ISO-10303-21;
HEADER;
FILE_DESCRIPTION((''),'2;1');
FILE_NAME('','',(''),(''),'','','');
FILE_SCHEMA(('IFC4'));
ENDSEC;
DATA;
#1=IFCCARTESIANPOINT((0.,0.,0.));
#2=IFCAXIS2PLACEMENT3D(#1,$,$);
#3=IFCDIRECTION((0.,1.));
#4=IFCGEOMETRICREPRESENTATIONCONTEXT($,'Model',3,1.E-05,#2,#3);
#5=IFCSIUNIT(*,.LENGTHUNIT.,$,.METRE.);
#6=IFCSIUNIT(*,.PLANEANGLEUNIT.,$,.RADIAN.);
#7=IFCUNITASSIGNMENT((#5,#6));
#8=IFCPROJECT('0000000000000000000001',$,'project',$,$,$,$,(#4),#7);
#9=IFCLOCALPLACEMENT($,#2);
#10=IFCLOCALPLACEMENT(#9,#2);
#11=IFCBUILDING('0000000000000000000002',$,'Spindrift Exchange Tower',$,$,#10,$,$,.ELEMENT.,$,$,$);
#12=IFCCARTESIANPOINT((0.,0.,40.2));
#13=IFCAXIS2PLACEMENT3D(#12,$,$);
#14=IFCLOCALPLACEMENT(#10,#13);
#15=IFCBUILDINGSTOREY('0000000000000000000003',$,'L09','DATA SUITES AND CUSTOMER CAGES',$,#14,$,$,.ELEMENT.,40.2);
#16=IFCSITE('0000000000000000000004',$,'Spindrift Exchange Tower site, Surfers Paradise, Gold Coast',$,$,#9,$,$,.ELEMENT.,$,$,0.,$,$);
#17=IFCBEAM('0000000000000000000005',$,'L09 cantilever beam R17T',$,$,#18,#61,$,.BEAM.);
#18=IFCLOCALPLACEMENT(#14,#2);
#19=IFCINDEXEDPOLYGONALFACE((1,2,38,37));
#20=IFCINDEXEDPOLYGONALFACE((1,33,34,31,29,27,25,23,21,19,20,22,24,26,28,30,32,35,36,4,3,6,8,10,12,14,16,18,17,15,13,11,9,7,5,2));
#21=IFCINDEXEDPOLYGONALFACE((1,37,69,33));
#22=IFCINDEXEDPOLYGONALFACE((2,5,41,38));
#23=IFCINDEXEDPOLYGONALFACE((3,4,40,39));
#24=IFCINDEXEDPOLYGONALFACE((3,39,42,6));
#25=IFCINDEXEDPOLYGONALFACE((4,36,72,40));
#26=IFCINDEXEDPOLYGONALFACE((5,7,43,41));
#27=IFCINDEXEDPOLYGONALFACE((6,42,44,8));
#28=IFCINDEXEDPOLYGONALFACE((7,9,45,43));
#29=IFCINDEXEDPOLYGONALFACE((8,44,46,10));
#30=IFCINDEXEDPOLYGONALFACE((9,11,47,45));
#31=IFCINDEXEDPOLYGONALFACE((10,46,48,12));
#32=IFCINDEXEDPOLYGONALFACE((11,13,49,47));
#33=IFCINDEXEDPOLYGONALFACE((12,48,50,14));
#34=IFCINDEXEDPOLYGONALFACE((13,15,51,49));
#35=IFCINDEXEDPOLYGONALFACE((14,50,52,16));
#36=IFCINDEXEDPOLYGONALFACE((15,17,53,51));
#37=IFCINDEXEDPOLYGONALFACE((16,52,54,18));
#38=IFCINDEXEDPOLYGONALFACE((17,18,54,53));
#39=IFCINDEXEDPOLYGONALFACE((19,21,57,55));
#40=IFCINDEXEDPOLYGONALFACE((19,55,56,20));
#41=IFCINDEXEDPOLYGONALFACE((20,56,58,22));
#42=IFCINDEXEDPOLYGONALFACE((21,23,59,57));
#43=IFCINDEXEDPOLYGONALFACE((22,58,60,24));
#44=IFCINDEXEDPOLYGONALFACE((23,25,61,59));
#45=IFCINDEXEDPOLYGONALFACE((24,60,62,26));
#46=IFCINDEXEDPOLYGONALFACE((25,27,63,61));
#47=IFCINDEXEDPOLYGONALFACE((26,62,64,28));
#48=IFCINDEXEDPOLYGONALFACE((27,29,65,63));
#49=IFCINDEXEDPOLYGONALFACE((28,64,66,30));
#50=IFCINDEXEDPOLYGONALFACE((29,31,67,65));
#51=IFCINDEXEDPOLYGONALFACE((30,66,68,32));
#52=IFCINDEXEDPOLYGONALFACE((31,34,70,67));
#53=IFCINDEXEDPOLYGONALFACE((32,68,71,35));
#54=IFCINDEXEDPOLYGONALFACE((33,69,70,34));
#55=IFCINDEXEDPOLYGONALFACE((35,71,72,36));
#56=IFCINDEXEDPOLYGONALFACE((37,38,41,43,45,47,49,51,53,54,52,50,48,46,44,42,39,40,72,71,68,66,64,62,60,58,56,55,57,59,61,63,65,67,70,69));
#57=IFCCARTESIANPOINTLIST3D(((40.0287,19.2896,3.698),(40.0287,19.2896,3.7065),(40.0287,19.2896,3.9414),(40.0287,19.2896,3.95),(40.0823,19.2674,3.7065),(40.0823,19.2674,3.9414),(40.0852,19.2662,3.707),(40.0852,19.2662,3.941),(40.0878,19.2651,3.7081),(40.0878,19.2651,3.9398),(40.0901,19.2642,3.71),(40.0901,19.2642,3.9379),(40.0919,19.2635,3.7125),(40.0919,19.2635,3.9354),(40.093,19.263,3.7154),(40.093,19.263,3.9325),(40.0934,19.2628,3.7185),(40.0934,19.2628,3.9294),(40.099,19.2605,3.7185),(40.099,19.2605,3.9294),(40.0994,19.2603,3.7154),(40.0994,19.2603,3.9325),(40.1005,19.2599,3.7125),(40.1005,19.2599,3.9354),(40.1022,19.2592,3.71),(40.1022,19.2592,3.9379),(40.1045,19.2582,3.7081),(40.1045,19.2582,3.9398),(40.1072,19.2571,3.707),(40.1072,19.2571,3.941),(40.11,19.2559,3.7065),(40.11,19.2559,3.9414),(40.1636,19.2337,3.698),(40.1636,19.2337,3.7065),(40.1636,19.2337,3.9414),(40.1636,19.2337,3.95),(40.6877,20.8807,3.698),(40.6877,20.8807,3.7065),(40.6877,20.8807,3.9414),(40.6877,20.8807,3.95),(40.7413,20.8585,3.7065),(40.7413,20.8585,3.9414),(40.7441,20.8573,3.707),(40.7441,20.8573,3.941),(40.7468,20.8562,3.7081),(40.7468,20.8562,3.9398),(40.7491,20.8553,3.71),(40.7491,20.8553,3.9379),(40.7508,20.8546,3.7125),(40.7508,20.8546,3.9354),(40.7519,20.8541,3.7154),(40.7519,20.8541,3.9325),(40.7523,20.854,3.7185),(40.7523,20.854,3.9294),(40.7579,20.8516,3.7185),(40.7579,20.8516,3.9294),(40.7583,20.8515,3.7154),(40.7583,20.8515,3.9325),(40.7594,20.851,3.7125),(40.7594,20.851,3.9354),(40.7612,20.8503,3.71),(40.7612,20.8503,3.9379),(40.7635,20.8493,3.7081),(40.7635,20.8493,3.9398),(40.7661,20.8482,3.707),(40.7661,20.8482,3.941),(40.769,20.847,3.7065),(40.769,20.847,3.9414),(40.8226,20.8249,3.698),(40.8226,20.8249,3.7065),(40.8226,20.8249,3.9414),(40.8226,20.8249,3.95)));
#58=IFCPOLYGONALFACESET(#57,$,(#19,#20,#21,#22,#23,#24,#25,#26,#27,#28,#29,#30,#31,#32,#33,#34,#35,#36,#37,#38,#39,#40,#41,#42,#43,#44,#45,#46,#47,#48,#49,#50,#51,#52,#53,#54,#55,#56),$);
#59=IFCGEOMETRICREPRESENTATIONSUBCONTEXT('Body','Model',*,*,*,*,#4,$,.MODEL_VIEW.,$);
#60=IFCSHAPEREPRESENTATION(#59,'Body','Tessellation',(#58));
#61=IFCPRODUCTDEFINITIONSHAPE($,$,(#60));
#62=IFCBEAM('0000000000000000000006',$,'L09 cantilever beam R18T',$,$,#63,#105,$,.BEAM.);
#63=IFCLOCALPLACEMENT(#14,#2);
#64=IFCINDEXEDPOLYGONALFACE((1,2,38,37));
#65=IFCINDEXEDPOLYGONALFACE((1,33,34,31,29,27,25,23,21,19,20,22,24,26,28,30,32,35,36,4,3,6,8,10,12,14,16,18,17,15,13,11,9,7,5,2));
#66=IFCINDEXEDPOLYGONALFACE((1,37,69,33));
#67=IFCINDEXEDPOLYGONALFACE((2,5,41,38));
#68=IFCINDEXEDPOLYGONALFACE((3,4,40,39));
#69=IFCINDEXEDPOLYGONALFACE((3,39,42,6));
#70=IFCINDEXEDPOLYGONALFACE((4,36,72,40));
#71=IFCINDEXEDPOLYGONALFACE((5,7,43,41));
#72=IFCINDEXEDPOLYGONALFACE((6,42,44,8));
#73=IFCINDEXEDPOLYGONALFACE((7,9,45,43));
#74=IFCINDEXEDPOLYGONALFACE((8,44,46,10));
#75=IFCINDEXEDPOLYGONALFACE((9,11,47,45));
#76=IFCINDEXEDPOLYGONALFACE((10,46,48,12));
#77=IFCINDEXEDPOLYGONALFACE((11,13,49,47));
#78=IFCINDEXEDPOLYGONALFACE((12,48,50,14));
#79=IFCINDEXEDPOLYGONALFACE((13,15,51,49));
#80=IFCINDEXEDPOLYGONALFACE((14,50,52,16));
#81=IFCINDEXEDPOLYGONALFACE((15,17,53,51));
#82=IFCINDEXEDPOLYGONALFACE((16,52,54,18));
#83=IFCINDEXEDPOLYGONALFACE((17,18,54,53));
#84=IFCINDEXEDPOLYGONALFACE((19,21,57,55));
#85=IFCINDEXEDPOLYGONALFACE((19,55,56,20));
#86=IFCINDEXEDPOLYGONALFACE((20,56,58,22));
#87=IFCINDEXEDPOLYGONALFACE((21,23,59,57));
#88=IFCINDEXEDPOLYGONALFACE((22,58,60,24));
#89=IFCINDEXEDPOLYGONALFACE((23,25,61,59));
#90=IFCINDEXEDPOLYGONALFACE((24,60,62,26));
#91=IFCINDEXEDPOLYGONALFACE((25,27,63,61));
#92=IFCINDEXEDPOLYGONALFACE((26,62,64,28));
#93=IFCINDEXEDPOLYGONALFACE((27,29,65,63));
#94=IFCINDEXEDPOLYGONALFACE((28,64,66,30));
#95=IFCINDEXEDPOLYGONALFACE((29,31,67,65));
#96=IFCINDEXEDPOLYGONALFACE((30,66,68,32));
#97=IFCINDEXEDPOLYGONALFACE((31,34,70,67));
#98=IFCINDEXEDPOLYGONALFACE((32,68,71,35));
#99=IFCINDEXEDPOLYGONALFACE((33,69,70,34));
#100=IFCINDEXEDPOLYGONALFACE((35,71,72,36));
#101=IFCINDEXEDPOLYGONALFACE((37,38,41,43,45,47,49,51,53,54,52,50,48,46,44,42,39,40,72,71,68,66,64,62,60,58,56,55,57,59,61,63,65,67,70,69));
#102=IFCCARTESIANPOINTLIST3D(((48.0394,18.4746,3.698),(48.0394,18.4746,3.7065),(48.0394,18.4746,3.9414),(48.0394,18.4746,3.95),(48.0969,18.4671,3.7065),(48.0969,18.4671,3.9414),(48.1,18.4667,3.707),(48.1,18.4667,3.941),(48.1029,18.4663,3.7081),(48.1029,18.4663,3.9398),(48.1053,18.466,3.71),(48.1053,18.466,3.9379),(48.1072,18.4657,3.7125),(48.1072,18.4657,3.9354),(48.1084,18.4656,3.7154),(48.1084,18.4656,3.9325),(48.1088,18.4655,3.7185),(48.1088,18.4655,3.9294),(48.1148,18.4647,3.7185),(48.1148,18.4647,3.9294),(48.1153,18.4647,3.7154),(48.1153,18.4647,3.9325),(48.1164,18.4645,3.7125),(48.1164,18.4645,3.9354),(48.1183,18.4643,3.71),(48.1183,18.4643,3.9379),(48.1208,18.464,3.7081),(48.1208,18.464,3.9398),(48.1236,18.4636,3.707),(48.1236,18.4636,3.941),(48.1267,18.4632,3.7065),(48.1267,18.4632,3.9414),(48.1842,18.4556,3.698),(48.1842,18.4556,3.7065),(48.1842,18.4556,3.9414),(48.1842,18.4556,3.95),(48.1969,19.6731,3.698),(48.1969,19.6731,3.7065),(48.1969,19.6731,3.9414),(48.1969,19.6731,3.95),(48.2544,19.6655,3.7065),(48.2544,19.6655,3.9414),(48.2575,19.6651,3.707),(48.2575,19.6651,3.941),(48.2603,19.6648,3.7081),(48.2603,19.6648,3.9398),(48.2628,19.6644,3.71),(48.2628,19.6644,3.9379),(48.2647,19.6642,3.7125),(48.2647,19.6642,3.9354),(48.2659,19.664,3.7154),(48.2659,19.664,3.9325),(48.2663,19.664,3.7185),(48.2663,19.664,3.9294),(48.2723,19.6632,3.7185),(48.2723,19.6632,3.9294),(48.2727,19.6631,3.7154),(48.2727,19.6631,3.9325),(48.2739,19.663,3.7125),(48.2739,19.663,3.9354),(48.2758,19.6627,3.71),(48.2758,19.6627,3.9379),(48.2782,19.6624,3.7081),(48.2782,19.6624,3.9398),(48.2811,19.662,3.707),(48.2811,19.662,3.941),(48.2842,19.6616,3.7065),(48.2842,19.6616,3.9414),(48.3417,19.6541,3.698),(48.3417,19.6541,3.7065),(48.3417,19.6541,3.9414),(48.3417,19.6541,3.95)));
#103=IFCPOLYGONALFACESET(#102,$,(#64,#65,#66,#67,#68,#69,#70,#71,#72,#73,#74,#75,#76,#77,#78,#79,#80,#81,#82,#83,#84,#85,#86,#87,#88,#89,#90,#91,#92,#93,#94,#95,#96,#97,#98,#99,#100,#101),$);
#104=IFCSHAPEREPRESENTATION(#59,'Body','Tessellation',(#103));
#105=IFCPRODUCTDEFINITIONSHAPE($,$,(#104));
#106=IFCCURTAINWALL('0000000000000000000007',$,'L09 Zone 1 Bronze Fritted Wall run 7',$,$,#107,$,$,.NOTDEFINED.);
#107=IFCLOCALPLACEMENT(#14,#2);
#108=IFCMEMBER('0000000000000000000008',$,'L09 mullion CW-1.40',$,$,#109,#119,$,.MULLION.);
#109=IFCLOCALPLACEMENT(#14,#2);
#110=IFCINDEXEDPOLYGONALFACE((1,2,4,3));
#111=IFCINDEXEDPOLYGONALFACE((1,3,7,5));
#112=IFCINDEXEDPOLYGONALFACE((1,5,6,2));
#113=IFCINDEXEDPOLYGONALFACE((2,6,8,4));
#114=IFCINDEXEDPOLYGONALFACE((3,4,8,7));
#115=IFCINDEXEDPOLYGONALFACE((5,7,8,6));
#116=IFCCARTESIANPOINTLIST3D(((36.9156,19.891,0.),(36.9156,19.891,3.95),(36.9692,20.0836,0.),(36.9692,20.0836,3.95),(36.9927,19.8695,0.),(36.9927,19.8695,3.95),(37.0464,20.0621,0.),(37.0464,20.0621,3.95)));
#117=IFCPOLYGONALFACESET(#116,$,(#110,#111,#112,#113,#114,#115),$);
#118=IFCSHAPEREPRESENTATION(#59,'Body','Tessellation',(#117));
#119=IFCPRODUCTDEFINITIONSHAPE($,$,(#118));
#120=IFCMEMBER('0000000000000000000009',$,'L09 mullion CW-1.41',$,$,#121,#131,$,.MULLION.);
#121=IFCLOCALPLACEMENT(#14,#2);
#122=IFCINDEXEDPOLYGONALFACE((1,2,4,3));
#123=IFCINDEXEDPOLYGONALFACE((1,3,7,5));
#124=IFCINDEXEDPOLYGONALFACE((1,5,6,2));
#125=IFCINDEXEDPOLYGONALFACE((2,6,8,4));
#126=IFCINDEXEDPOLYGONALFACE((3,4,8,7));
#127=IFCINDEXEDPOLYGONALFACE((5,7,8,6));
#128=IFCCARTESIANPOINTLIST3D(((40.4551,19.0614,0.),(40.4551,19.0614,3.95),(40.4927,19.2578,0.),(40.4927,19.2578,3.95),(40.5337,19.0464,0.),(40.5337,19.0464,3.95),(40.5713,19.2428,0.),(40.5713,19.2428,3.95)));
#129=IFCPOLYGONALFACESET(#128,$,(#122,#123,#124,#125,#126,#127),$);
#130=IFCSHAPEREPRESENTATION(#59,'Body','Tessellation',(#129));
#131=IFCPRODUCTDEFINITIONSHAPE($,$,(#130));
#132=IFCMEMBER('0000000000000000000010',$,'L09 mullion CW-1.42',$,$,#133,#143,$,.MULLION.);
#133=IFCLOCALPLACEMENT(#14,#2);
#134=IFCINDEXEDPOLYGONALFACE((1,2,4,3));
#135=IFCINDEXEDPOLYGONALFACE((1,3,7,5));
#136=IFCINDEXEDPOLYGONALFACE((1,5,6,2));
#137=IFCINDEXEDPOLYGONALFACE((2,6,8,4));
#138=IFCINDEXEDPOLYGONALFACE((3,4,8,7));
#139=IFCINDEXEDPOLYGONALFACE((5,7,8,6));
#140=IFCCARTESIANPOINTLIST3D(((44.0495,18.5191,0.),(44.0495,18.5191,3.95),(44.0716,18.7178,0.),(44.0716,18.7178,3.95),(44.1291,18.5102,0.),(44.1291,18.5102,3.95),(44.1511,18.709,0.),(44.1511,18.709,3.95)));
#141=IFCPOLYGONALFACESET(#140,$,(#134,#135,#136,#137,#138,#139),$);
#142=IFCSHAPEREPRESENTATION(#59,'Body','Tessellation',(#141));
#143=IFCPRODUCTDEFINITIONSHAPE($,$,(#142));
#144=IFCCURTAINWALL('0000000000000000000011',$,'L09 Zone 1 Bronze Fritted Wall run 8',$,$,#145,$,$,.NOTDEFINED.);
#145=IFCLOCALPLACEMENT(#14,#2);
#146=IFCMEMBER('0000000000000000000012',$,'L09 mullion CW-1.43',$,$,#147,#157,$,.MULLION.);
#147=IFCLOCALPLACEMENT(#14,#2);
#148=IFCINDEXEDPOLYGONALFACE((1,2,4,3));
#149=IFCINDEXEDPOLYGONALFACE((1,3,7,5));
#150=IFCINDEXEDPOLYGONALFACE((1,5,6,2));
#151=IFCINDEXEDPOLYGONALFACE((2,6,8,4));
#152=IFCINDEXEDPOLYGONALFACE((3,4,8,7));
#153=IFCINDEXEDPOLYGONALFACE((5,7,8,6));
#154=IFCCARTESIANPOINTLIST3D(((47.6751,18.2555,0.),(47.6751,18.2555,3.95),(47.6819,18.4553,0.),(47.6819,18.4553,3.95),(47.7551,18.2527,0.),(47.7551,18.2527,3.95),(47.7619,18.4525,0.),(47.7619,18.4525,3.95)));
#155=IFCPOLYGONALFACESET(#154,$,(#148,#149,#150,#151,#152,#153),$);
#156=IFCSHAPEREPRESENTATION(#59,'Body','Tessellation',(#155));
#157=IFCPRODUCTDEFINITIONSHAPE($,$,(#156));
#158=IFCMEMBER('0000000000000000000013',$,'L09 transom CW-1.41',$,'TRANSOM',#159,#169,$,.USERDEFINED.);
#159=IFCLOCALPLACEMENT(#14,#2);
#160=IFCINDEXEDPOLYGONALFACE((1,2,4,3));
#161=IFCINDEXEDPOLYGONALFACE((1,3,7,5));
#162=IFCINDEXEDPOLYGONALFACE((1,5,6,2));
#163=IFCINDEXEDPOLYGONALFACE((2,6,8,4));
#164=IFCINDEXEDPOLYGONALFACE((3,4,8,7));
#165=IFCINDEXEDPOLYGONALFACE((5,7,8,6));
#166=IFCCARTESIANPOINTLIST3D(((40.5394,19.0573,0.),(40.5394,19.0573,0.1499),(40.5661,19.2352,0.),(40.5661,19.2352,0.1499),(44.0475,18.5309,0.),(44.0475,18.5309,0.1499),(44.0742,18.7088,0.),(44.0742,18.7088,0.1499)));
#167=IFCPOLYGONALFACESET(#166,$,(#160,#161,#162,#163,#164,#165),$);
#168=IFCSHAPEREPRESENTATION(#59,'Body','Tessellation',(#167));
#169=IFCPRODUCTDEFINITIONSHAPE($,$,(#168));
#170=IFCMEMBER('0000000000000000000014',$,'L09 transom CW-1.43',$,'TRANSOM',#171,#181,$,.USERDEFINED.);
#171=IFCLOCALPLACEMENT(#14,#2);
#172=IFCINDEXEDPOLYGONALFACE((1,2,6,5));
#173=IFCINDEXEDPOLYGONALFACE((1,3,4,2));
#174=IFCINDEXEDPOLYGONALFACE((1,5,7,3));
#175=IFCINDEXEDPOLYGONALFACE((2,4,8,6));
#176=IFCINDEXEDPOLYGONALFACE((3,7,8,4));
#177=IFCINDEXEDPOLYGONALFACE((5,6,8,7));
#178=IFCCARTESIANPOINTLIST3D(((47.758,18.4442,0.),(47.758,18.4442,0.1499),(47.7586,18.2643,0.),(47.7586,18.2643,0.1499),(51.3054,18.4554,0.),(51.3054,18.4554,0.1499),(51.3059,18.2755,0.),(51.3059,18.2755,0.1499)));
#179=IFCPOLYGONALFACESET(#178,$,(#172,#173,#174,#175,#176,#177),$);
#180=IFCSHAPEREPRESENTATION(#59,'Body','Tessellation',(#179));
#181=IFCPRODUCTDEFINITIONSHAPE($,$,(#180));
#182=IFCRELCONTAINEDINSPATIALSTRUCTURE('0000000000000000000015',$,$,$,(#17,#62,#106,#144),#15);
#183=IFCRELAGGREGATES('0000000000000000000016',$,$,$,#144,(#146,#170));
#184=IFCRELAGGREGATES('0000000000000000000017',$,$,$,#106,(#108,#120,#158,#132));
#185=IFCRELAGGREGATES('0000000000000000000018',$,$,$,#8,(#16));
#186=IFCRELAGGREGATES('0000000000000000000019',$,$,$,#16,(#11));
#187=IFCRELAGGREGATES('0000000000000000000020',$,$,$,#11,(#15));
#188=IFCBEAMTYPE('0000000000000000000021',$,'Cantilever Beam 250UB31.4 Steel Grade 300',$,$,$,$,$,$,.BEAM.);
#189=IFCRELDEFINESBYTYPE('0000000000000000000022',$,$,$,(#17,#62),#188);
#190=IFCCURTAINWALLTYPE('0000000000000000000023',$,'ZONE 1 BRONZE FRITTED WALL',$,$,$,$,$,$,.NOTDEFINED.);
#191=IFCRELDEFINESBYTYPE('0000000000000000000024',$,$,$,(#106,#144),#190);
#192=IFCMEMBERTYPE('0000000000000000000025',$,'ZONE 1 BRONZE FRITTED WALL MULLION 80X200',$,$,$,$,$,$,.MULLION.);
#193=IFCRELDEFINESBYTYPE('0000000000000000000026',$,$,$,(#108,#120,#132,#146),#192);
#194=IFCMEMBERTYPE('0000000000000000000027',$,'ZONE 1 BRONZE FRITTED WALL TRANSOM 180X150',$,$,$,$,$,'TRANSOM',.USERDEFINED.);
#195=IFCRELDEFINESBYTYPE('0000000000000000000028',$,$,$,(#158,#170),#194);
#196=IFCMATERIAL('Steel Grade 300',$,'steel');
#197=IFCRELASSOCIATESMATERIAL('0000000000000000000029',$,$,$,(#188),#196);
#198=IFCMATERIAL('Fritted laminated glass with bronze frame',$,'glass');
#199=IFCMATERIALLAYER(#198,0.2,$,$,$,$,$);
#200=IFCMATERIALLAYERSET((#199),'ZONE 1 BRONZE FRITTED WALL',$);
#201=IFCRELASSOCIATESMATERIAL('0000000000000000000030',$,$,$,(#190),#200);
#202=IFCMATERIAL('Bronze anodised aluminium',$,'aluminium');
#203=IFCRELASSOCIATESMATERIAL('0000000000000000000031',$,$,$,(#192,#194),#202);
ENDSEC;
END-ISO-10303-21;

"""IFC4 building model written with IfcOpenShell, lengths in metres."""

from ifc_helpers import new_model, si_unit, direction, frame, origin, origin_2d, place, context, subcontext, project, spatial, rectangle, i_section, extrude, source, transform, mapped, material, layer, layer_set, material_profile, profile_set, type_object, element, aggregate, save


model = new_model("IFC4")

# Units and contexts
model_context = context("Model", 3, precision=1e-05, world=origin(), true_north=direction((0.0, 1.0)))
body_context = subcontext(model_context, "Body", "Model", "MODEL_VIEW")
ifc_project = project(units=[si_unit("LENGTHUNIT", "METRE"), si_unit("PLANEANGLEUNIT", "RADIAN")], contexts=[model_context])

# Site, building, storey
site_placement = place(None, origin())
site = spatial("IfcSite", under=ifc_project, at=site_placement, Name="Spindrift Exchange Tower site, Surfers Paradise, Gold Coast", CompositionType="ELEMENT", RefElevation=0.0)
building_placement = place(site_placement, origin())
building = spatial("IfcBuilding", under=site, at=building_placement, Name="Spindrift Exchange Tower", CompositionType="ELEMENT")
storey_placement = place(building_placement, frame((0.0, 0.0, 40.2)))
storey = spatial("IfcBuildingStorey", under=building, at=storey_placement, Name="L09", Description="DATA SUITES AND CUSTOMER CAGES", CompositionType="ELEMENT", Elevation=40.2)

# Beams
ifc_material_1 = material(Name="Steel Grade 300", Category="steel")
ifc_material_profile_1 = material_profile(ifc_material_1, i_section(OverallWidth=0.146, OverallDepth=0.252, WebThickness=0.0061, FlangeThickness=0.0085, FilletRadius=0.012, at=origin_2d()), Name="250UB31.4")
ifc_profile_set_1 = profile_set([ifc_material_profile_1], Name="Steel Grade 300")
beam_type_1 = type_object("IfcBeamType", Name="Cantilever Beam 250UB31.4 Steel Grade 300", PredefinedType="BEAM", material=ifc_profile_set_1)
shared_shape_1 = source(origin(), body_context, "Body", "SweptSolid", [
    extrude(i_section(OverallWidth=0.146, OverallDepth=0.252, WebThickness=0.0061, FlangeThickness=0.0085, FilletRadius=0.012, at=origin_2d()), origin(), (0.0, 0.0, 1.0), 1.7222),
])
beam_1_placement = place(storey_placement, frame((40.7551, 20.8528, 3.824), z_axis=(-0.382631, -0.923901, 0.0), x_axis=(0.923901, -0.382631, 0.0)))
element("IfcBeam", 1, at=beam_1_placement, inside=storey, type_object=beam_type_1, Name="L09 cantilever beam R17T", PredefinedType="BEAM", context=body_context, shape_type="MappedRepresentation", body=[
    mapped(shared_shape_1, transform((0.0, 0.0, 0.0), scale=1.0)),
])
shared_shape_2 = source(origin(), body_context, "Body", "SweptSolid", [
    extrude(i_section(OverallWidth=0.146, OverallDepth=0.252, WebThickness=0.0061, FlangeThickness=0.0085, FilletRadius=0.012, at=origin_2d()), origin(), (0.0, 0.0, 1.0), 1.2087),
])
beam_2_placement = place(storey_placement, frame((48.2693, 19.6636, 3.824), z_axis=(-0.130272, -0.991478, 0.0), x_axis=(0.991478, -0.130272, 0.0)))
element("IfcBeam", 2, at=beam_2_placement, inside=storey, type_object=beam_type_1, Name="L09 cantilever beam R18T", PredefinedType="BEAM", context=body_context, shape_type="MappedRepresentation", body=[
    mapped(shared_shape_2, transform((0.0, 0.0, 0.0), scale=1.0)),
])

# Curtain wall, members
ifc_material_2 = material(Name="Fritted laminated glass with bronze frame", Category="glass")
ifc_layer_1 = layer(ifc_material_2, 0.2)
ifc_layer_set_1 = layer_set([ifc_layer_1], Name="ZONE 1 BRONZE FRITTED WALL")
curtain_wall_type = type_object("IfcCurtainWallType", Name="ZONE 1 BRONZE FRITTED WALL", PredefinedType="NOTDEFINED", material=ifc_layer_set_1)
curtain_wall_1_placement = place(storey_placement, origin())
curtain_wall_1 = element("IfcCurtainWall", 3, at=curtain_wall_1_placement, inside=storey, type_object=curtain_wall_type, Name="L09 Zone 1 Bronze Fritted Wall run 7", PredefinedType="NOTDEFINED")
ifc_material_3 = material(Name="Bronze anodised aluminium", Category="aluminium")
ifc_material_profile_2 = material_profile(ifc_material_3, rectangle(XDim=0.0801, YDim=0.2, at=origin_2d()), Name="ZONE 1 BRONZE FRITTED WALL MULLION 80X200")
ifc_profile_set_2 = profile_set([ifc_material_profile_2], Name="Bronze anodised aluminium")
member_type_1 = type_object("IfcMemberType", Name="ZONE 1 BRONZE FRITTED WALL MULLION 80X200", PredefinedType="MULLION", material=ifc_profile_set_2)
shared_shape_3 = source(origin(), body_context, "Body", "SweptSolid", [
    extrude(rectangle(XDim=0.0801, YDim=0.2, at=origin_2d()), origin(), (0.0, 0.0, 1.0), 3.95),
])
member_1_placement = place(storey_placement, frame((36.981, 19.9766, 0.0), z_axis=(0.0, 0.0, 1.0), x_axis=(0.963319, -0.268359, 0.0)))
member_1 = element("IfcMember", 4, at=member_1_placement, type_object=member_type_1, Name="L09 mullion CW-1.40", PredefinedType="MULLION", context=body_context, shape_type="MappedRepresentation", body=[
    mapped(shared_shape_3, transform((0.0, 0.0, 0.0), scale=1.0)),
])
member_2_placement = place(storey_placement, frame((40.5132, 19.1521, 0.0), z_axis=(0.0, 0.0, 1.0), x_axis=(0.982173, -0.187982, 0.0)))
member_2 = element("IfcMember", 5, at=member_2_placement, type_object=member_type_1, Name="L09 mullion CW-1.41", PredefinedType="MULLION", context=body_context, shape_type="MappedRepresentation", body=[
    mapped(shared_shape_3, transform((0.0, 0.0, 0.0), scale=1.0)),
])
member_3_placement = place(storey_placement, frame((44.1003, 18.614, 0.0), z_axis=(0.0, 0.0, 1.0), x_axis=(0.993923, -0.11008, 0.0)))
member_3 = element("IfcMember", 6, at=member_3_placement, type_object=member_type_1, Name="L09 mullion CW-1.42", PredefinedType="MULLION", context=body_context, shape_type="MappedRepresentation", body=[
    mapped(shared_shape_3, transform((0.0, 0.0, 0.0), scale=1.0)),
])

# Curtain wall, member
curtain_wall_2_placement = place(storey_placement, origin())
curtain_wall_2 = element("IfcCurtainWall", 7, at=curtain_wall_2_placement, inside=storey, type_object=curtain_wall_type, Name="L09 Zone 1 Bronze Fritted Wall run 8", PredefinedType="NOTDEFINED")
member_4_placement = place(storey_placement, frame((47.7185, 18.354, 0.0), z_axis=(0.0, 0.0, 1.0), x_axis=(0.999413, -0.034264, 0.0)))
member_4 = element("IfcMember", 8, at=member_4_placement, type_object=member_type_1, Name="L09 mullion CW-1.43", PredefinedType="MULLION", context=body_context, shape_type="MappedRepresentation", body=[
    mapped(shared_shape_3, transform((0.0, 0.0, 0.0), scale=1.0)),
])

# Members
ifc_material_profile_3 = material_profile(ifc_material_3, rectangle(XDim=0.1799, YDim=0.1499, at=origin_2d()), Name="ZONE 1 BRONZE FRITTED WALL TRANSOM 180X150")
ifc_profile_set_3 = profile_set([ifc_material_profile_3], Name="Bronze anodised aluminium")
member_type_2 = type_object("IfcMemberType", Name="ZONE 1 BRONZE FRITTED WALL TRANSOM 180X150", ElementType="TRANSOM", PredefinedType="USERDEFINED", material=ifc_profile_set_3)
shared_shape_4 = source(origin(), body_context, "Body", "SweptSolid", [
    extrude(rectangle(XDim=0.1799, YDim=0.1499, at=origin_2d()), origin(), (0.0, 0.0, 1.0), 3.5474),
])
member_5_placement = place(storey_placement, frame((40.5527, 19.1462, 0.075), z_axis=(0.98893, -0.148384, 0.0), x_axis=(0.148384, 0.98893, 0.0)))
member_5 = element("IfcMember", 9, at=member_5_placement, type_object=member_type_2, Name="L09 transom CW-1.41", ObjectType="TRANSOM", PredefinedType="USERDEFINED", context=body_context, shape_type="MappedRepresentation", body=[
    mapped(shared_shape_4, transform((0.0, 0.0, 0.0), scale=1.0)),
])
member_6_placement = place(storey_placement, frame((47.7583, 18.3542, 0.075), z_axis=(0.999995, 0.003166, 0.0), x_axis=(-0.003166, 0.999995, 0.0)))
member_6 = element("IfcMember", 10, at=member_6_placement, type_object=member_type_2, Name="L09 transom CW-1.43", ObjectType="TRANSOM", PredefinedType="USERDEFINED", context=body_context, shape_type="MappedRepresentation", body=[
    mapped(shared_shape_4, transform((0.0, 0.0, 0.0), scale=1.0)),
])

aggregate(curtain_wall_2, [member_4, member_6])
aggregate(curtain_wall_1, [member_1, member_2, member_5, member_3])

save(model, "model.ifc")
